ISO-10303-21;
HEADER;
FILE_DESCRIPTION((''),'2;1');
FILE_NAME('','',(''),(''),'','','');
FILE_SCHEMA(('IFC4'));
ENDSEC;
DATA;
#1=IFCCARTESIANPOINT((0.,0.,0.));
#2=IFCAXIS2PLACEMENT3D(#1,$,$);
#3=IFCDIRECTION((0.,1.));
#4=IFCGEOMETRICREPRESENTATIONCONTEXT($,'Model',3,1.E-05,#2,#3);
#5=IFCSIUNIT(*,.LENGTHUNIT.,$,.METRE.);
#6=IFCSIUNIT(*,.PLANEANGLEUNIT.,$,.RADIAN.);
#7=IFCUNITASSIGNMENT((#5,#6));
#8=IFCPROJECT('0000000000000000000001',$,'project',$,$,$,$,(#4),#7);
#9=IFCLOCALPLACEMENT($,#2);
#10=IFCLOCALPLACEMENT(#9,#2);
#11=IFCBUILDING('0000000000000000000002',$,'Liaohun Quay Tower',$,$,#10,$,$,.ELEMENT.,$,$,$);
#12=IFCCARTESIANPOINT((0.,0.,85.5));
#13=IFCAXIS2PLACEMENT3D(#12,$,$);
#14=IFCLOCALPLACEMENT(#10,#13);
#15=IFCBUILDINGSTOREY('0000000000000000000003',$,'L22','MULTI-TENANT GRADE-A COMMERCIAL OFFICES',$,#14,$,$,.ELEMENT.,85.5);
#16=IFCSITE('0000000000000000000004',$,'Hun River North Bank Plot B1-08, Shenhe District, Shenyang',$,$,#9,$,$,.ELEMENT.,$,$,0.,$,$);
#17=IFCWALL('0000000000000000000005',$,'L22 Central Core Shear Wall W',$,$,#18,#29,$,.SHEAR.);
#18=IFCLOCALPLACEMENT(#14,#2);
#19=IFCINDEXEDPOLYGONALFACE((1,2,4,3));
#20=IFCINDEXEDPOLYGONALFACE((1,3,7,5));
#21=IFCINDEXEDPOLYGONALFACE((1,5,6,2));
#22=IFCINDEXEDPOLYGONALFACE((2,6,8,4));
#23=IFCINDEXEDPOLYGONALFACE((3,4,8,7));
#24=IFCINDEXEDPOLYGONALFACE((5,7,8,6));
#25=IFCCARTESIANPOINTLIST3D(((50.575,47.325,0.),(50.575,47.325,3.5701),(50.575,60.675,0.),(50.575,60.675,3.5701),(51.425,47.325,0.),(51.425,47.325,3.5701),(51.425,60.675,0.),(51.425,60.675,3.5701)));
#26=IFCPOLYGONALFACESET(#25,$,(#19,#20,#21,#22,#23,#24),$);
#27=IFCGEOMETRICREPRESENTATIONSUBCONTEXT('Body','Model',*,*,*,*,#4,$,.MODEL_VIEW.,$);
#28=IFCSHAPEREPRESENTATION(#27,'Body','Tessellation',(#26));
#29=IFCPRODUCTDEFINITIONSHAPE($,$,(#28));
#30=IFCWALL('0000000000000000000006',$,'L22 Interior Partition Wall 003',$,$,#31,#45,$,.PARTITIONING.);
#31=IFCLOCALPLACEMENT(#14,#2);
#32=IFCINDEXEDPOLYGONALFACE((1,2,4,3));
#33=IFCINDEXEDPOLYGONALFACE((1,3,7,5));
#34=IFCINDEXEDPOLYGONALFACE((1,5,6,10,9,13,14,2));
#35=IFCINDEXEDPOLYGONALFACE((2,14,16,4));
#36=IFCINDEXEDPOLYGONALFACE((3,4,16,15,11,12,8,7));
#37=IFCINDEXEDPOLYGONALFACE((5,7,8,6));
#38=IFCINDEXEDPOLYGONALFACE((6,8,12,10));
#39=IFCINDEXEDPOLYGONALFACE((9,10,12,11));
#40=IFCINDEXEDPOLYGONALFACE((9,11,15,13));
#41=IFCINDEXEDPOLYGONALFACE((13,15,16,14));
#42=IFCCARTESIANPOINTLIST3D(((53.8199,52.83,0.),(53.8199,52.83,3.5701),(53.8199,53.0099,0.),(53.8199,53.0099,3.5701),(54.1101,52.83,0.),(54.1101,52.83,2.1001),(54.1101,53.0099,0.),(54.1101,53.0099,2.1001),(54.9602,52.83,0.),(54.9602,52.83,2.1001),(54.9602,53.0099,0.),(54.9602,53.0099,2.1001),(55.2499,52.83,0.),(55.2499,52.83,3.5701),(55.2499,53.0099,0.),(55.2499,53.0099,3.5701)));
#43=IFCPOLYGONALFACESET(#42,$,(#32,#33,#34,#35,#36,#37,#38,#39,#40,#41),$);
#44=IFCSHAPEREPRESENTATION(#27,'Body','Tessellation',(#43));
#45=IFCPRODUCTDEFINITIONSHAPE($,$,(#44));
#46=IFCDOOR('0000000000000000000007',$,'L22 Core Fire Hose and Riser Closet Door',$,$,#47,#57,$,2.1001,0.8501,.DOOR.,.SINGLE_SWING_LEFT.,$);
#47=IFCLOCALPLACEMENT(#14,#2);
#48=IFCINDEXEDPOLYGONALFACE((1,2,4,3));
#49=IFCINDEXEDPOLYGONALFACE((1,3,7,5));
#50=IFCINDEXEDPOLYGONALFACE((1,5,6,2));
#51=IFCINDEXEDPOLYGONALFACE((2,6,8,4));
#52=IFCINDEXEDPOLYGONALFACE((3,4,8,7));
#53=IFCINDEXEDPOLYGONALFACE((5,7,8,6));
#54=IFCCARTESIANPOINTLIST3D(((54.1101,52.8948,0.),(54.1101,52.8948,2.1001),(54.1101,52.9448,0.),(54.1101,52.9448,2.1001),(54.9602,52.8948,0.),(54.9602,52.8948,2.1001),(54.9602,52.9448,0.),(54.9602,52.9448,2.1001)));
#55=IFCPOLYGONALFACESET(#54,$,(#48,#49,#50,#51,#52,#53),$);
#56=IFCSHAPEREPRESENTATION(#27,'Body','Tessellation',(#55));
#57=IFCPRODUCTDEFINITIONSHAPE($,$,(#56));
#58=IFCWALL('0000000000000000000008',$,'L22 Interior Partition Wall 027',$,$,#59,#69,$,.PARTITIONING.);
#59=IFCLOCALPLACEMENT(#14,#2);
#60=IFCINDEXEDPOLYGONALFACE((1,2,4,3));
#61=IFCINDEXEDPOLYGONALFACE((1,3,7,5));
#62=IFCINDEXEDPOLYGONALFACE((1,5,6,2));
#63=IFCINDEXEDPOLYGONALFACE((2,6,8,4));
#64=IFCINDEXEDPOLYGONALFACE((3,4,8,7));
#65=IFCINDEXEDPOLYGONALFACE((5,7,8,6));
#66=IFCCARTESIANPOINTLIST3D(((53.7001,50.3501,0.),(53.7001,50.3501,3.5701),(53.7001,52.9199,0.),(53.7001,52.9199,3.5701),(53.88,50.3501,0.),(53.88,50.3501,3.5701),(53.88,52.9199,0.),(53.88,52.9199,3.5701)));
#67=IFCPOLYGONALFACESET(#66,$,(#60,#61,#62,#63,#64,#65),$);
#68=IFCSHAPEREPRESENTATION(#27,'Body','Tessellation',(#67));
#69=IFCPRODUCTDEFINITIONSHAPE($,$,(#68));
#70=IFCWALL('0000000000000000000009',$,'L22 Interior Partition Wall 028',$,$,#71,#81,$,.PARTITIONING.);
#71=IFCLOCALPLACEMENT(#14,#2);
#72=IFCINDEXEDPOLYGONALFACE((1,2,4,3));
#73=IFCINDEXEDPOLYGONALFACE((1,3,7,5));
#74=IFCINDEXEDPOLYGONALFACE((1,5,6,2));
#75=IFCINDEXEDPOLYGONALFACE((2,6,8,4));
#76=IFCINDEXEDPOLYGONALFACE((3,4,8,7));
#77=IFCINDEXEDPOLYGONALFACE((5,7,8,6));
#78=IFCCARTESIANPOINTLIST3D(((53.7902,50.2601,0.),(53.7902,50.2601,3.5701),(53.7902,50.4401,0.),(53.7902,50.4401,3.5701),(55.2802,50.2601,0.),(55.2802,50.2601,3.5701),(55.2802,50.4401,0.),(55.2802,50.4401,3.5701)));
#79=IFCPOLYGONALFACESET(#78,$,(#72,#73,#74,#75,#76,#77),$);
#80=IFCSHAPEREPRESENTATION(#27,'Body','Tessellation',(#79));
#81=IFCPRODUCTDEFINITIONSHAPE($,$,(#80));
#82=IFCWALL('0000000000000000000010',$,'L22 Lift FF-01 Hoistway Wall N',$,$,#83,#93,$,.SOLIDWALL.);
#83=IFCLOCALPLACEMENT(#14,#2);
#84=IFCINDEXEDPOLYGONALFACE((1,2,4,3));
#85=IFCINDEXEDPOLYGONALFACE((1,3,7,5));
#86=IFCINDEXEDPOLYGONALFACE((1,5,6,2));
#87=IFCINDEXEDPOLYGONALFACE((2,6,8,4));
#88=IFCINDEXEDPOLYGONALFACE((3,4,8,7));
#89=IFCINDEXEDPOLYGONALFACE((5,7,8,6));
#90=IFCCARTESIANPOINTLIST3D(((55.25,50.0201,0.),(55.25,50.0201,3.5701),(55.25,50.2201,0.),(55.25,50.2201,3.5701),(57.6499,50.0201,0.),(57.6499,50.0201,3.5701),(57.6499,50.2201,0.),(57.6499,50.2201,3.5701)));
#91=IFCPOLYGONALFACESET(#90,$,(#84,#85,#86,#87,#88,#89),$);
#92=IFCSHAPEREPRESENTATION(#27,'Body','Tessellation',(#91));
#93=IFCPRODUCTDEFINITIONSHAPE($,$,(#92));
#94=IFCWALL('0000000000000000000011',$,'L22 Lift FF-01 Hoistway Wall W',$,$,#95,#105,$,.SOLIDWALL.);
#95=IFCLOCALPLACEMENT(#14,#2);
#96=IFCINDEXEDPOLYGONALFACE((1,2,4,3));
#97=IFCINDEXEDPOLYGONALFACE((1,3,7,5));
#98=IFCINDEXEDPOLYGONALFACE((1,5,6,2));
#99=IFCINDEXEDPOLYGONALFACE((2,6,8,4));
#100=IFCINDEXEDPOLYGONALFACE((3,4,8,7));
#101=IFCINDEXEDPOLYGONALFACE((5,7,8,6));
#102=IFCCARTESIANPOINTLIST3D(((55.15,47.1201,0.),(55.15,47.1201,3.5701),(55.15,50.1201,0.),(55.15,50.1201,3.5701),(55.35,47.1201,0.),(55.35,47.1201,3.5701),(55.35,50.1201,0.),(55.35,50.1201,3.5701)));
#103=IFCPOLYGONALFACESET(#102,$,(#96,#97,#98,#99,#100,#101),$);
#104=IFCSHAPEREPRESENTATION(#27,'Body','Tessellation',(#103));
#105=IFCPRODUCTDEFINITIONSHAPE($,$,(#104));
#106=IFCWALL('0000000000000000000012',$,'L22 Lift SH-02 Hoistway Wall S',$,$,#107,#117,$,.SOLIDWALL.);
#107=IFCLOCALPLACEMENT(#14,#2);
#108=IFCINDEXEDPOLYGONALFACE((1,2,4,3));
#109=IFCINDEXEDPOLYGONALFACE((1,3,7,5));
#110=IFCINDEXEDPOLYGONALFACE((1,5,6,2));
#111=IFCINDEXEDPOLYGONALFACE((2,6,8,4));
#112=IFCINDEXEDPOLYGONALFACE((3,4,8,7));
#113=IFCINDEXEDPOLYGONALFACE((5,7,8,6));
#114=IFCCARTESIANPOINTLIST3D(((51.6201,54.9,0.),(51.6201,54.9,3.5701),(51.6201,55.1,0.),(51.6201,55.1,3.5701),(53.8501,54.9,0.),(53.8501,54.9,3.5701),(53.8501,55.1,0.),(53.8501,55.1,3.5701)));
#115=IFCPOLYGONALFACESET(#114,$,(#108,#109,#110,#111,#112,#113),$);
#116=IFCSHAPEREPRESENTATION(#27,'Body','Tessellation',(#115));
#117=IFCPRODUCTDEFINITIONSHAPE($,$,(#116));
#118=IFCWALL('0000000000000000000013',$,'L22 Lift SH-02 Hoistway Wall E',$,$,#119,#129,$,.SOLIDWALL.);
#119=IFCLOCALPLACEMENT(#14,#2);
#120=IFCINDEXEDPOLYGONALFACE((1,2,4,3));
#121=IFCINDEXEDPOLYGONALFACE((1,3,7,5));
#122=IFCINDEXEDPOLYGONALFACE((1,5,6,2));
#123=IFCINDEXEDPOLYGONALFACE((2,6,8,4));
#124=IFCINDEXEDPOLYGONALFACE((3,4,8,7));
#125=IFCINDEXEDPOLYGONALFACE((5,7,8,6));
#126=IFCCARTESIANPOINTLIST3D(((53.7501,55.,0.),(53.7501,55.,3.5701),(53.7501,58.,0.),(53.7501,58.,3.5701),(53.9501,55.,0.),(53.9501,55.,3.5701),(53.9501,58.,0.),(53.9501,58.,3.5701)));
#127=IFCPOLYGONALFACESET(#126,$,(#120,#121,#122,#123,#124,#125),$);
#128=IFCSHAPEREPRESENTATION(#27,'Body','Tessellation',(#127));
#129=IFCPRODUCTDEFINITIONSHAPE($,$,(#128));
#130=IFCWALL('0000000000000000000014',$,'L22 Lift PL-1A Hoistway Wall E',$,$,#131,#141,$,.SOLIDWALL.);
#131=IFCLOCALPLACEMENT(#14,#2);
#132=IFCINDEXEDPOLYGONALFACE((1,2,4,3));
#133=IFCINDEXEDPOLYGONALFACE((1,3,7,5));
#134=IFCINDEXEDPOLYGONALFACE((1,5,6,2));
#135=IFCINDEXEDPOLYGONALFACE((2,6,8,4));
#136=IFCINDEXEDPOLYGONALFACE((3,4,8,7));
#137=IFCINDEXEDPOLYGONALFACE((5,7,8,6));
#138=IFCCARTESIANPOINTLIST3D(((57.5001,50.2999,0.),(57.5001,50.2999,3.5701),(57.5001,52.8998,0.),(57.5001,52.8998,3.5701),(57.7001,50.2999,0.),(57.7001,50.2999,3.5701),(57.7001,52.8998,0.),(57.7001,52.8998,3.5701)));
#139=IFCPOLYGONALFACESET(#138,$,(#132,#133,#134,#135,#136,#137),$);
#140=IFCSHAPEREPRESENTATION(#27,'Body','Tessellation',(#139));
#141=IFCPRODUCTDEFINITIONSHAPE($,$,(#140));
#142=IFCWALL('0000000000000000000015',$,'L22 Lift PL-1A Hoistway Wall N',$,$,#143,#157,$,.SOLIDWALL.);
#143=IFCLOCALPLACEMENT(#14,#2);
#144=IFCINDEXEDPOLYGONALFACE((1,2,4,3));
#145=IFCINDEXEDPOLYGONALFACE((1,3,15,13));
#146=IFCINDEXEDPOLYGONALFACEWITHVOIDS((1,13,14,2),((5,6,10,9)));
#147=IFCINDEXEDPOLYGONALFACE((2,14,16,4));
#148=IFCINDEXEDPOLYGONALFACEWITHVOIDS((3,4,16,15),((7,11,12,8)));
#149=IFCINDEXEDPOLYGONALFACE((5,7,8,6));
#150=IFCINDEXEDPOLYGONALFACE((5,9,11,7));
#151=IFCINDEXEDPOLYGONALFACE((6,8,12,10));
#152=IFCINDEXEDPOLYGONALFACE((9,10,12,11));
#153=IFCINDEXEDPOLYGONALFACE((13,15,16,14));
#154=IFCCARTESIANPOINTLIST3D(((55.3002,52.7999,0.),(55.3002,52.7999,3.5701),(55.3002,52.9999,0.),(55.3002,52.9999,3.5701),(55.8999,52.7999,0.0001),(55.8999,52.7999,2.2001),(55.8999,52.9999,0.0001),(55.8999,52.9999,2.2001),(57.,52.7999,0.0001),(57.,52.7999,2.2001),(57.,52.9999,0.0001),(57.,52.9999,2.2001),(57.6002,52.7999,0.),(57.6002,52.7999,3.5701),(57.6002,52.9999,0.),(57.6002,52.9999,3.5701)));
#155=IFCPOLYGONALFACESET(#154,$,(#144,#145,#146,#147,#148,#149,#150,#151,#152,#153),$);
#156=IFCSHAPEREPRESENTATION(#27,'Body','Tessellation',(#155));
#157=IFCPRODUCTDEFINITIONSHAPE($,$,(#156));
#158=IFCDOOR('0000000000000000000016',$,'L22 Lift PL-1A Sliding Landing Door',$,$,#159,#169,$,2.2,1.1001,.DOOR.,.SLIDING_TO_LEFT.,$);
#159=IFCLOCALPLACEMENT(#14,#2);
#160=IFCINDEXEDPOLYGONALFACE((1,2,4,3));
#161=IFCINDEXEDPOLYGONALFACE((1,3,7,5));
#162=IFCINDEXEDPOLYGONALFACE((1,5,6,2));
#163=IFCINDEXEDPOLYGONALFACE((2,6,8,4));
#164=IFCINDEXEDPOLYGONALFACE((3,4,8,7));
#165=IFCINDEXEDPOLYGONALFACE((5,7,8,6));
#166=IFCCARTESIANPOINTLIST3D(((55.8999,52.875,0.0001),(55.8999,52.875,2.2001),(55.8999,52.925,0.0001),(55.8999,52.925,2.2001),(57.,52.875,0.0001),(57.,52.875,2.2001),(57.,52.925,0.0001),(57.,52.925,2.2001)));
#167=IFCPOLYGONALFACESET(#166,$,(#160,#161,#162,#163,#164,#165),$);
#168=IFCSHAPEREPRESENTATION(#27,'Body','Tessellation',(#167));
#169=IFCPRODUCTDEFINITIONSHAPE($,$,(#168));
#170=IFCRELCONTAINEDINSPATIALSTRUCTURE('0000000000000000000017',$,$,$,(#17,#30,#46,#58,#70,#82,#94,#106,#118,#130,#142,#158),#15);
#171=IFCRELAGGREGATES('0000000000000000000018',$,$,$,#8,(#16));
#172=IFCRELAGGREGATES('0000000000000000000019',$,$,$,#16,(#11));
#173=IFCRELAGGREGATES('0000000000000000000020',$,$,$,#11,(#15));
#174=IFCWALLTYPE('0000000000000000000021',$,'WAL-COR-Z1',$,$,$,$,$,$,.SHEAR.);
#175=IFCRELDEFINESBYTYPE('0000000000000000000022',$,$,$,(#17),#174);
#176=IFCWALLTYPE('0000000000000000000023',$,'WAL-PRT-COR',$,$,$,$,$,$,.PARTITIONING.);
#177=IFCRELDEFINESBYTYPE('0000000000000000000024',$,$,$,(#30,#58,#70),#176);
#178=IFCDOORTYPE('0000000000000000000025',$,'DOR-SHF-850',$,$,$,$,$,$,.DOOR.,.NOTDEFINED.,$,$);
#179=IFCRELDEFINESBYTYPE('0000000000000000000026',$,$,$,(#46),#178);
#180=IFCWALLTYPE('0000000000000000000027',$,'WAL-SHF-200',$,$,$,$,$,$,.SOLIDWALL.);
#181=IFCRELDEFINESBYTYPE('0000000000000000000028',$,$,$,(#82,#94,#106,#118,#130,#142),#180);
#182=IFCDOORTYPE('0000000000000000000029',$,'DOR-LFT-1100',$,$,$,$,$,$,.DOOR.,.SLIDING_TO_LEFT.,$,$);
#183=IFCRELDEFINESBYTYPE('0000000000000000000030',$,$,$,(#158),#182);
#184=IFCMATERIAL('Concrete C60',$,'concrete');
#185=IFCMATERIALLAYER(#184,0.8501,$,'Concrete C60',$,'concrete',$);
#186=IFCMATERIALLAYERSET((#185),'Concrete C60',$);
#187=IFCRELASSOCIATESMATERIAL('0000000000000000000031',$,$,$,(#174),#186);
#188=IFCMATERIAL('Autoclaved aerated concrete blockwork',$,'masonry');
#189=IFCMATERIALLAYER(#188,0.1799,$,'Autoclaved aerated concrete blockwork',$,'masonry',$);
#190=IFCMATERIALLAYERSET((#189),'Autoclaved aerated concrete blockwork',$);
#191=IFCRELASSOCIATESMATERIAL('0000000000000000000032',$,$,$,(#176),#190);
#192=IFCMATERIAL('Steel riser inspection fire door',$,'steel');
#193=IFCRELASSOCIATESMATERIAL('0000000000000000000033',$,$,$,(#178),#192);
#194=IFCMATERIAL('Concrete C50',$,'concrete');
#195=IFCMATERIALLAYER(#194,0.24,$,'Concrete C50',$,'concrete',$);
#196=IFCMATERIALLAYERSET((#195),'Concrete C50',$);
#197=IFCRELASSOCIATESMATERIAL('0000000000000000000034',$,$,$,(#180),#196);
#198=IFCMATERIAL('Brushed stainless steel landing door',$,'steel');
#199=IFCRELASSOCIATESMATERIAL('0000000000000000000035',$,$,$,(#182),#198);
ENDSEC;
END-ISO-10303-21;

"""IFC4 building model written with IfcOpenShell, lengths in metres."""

from ifc_helpers import new_model, si_unit, direction, frame, frame_2d, origin, place, context, subcontext, project, spatial, rectangle, extrude, source, transform, mapped, material, layer, layer_set, type_object, element, fill, save


model = new_model("IFC4")

# Units and contexts
model_context = context("Model", 3, precision=1e-05, world=origin(), true_north=direction((0.0, 1.0)))
body_context = subcontext(model_context, "Body", "Model", "MODEL_VIEW")
ifc_project = project(units=[si_unit("LENGTHUNIT", "METRE"), si_unit("PLANEANGLEUNIT", "RADIAN")], contexts=[model_context])

# Site, building, storey
site_placement = place(None, origin())
site = spatial("IfcSite", under=ifc_project, at=site_placement, Name="Hun River North Bank Plot B1-08, Shenhe District, Shenyang", CompositionType="ELEMENT", RefElevation=0.0)
building_placement = place(site_placement, origin())
building = spatial("IfcBuilding", under=site, at=building_placement, Name="Liaohun Quay Tower", CompositionType="ELEMENT")
storey_placement = place(building_placement, frame((0.0, 0.0, 85.5)))
storey = spatial("IfcBuildingStorey", under=building, at=storey_placement, Name="L22", Description="MULTI-TENANT GRADE-A COMMERCIAL OFFICES", CompositionType="ELEMENT", Elevation=85.5)

# Wall
ifc_material_1 = material(Name="Concrete C60", Category="concrete")
ifc_layer_1 = layer(ifc_material_1, 0.8501, Name="Concrete C60", Category="concrete")
ifc_layer_set_1 = layer_set([ifc_layer_1], Name="Concrete C60")
wall_type_1 = type_object("IfcWallType", Name="WAL-COR-Z1", PredefinedType="SHEAR", material=ifc_layer_set_1)
wall_1_placement = place(storey_placement, frame((51.0, 47.325, 0.0), z_axis=(0.0, 0.0, 1.0), x_axis=(0.0, 1.0, 0.0)))
element("IfcWall", 1, at=wall_1_placement, inside=storey, type_object=wall_type_1, Name="L22 Central Core Shear Wall W", PredefinedType="SHEAR", context=body_context, shape_type="SweptSolid", body=[
    extrude(rectangle(XDim=13.3501, YDim=0.8501, at=frame_2d((6.675, 0.0))), origin(), (0.0, 0.0, 1.0), 3.5701),
])

# Wall, opening, door
ifc_material_2 = material(Name="Autoclaved aerated concrete blockwork", Category="masonry")
ifc_layer_2 = layer(ifc_material_2, 0.1799, Name="Autoclaved aerated concrete blockwork", Category="masonry")
ifc_layer_set_2 = layer_set([ifc_layer_2], Name="Autoclaved aerated concrete blockwork")
wall_type_2 = type_object("IfcWallType", Name="WAL-PRT-COR", PredefinedType="PARTITIONING", material=ifc_layer_set_2)
wall_2_placement = place(storey_placement, frame((53.8201, 52.9199, 0.0), z_axis=(0.0, 0.0, 1.0), x_axis=(1.0, 0.0, 0.0)))
wall_2 = element("IfcWall", 2, at=wall_2_placement, inside=storey, type_object=wall_type_2, Name="L22 Interior Partition Wall 003", PredefinedType="PARTITIONING", context=body_context, shape_type="SweptSolid", body=[
    extrude(rectangle(XDim=1.4299, YDim=0.1799, at=frame_2d((0.7148, 0.0))), origin(), (0.0, 0.0, 1.0), 3.5701),
])
shared_shape_1 = source(origin(), body_context, "Body", "SweptSolid", [
    extrude(rectangle(XDim=0.8501, YDim=2.1001, at=frame_2d((0.425, 1.05))), frame((0.0, 0.0999, 0.0), z_axis=(0.0, -1.0, 0.0), x_axis=(1.0, 0.0, 0.0)), (0.0, 0.0, 1.0), 0.2),
])
opening_1_placement = place(wall_2_placement, frame((0.29, 0.0, 0.0)))
opening_1 = element("IfcOpeningElement", 3, at=opening_1_placement, cuts=wall_2, PredefinedType="OPENING", context=body_context, shape_type="MappedRepresentation", body=[
    mapped(shared_shape_1, transform((0.0, 0.0, 0.0), x_axis=(1.0, 0.0, 0.0), y_axis=(0.0, 1.0, 0.0), z_axis=(0.0, 0.0, 1.0), scale=1.0)),
])
ifc_material_3 = material(Name="Steel riser inspection fire door", Category="steel")
door_type_1 = type_object("IfcDoorType", Name="DOR-SHF-850", OperationType="NOTDEFINED", PredefinedType="DOOR", material=ifc_material_3)
shared_shape_2 = source(origin(), body_context, "Body", "SweptSolid", [
    extrude(rectangle(XDim=0.8501, YDim=2.1001, at=frame_2d((0.425, 1.05))), frame((0.0, 0.0249, 0.0), z_axis=(0.0, -1.0, 0.0), x_axis=(1.0, 0.0, 0.0)), (0.0, 0.0, 1.0), 0.05),
])
door_1_placement = place(opening_1_placement, origin())
door_1 = element("IfcDoor", 4, at=door_1_placement, inside=storey, type_object=door_type_1, Name="L22 Core Fire Hose and Riser Closet Door", OperationType="SINGLE_SWING_LEFT", OverallHeight=2.1001, OverallWidth=0.8501, PredefinedType="DOOR", context=body_context, shape_type="MappedRepresentation", body=[
    mapped(shared_shape_2, transform((0.0, 0.0, 0.0), x_axis=(1.0, 0.0, 0.0), y_axis=(0.0, 1.0, 0.0), z_axis=(0.0, 0.0, 1.0), scale=1.0)),
])
fill(opening_1, door_1)

# Walls
wall_3_placement = place(storey_placement, frame((53.79, 50.3501, 0.0), z_axis=(0.0, 0.0, 1.0), x_axis=(0.0, 1.0, 0.0)))
element("IfcWall", 5, at=wall_3_placement, inside=storey, type_object=wall_type_2, Name="L22 Interior Partition Wall 027", PredefinedType="PARTITIONING", context=body_context, shape_type="SweptSolid", body=[
    extrude(rectangle(XDim=2.5698, YDim=0.1799, at=frame_2d((1.2849, 0.0))), origin(), (0.0, 0.0, 1.0), 3.5701),
])
wall_4_placement = place(storey_placement, frame((53.79, 50.3501, 0.0), z_axis=(0.0, 0.0, 1.0), x_axis=(1.0, 0.0, 0.0)))
element("IfcWall", 6, at=wall_4_placement, inside=storey, type_object=wall_type_2, Name="L22 Interior Partition Wall 028", PredefinedType="PARTITIONING", context=body_context, shape_type="SweptSolid", body=[
    extrude(rectangle(XDim=1.49, YDim=0.1799, at=frame_2d((0.7451, 0.0))), origin(), (0.0, 0.0, 1.0), 3.5701),
])
ifc_material_4 = material(Name="Concrete C50", Category="concrete")
ifc_layer_3 = layer(ifc_material_4, 0.24, Name="Concrete C50", Category="concrete")
ifc_layer_set_3 = layer_set([ifc_layer_3], Name="Concrete C50")
wall_type_3 = type_object("IfcWallType", Name="WAL-SHF-200", PredefinedType="SOLIDWALL", material=ifc_layer_set_3)
wall_5_placement = place(storey_placement, frame((57.6499, 50.1201, 0.0), z_axis=(0.0, 0.0, 1.0), x_axis=(-1.0, 0.0, 0.0)))
element("IfcWall", 7, at=wall_5_placement, inside=storey, type_object=wall_type_3, Name="L22 Lift FF-01 Hoistway Wall N", PredefinedType="SOLIDWALL", context=body_context, shape_type="SweptSolid", body=[
    extrude(rectangle(XDim=2.3999, YDim=0.2, at=frame_2d((1.2, 0.0))), origin(), (0.0, 0.0, 1.0), 3.5701),
])
wall_6_placement = place(storey_placement, frame((55.25, 50.1201, 0.0), z_axis=(0.0, 0.0, 1.0), x_axis=(0.0, -1.0, 0.0)))
element("IfcWall", 8, at=wall_6_placement, inside=storey, type_object=wall_type_3, Name="L22 Lift FF-01 Hoistway Wall W", PredefinedType="SOLIDWALL", context=body_context, shape_type="SweptSolid", body=[
    extrude(rectangle(XDim=3.0, YDim=0.2, at=frame_2d((1.5, 0.0))), origin(), (0.0, 0.0, 1.0), 3.5701),
])
wall_7_placement = place(storey_placement, frame((51.6201, 55.0, 0.0), z_axis=(0.0, 0.0, 1.0), x_axis=(1.0, 0.0, 0.0)))
element("IfcWall", 9, at=wall_7_placement, inside=storey, type_object=wall_type_3, Name="L22 Lift SH-02 Hoistway Wall S", PredefinedType="SOLIDWALL", context=body_context, shape_type="SweptSolid", body=[
    extrude(rectangle(XDim=2.23, YDim=0.2, at=frame_2d((1.115, 0.0))), origin(), (0.0, 0.0, 1.0), 3.5701),
])
wall_8_placement = place(storey_placement, frame((53.8501, 55.0, 0.0), z_axis=(0.0, 0.0, 1.0), x_axis=(0.0, 1.0, 0.0)))
element("IfcWall", 10, at=wall_8_placement, inside=storey, type_object=wall_type_3, Name="L22 Lift SH-02 Hoistway Wall E", PredefinedType="SOLIDWALL", context=body_context, shape_type="SweptSolid", body=[
    extrude(rectangle(XDim=3.0, YDim=0.2, at=frame_2d((1.5, 0.0))), origin(), (0.0, 0.0, 1.0), 3.5701),
])
wall_9_placement = place(storey_placement, frame((57.6001, 50.3, 0.0), z_axis=(0.0, 0.0, 1.0), x_axis=(0.0, 1.0, 0.0)))
element("IfcWall", 11, at=wall_9_placement, inside=storey, type_object=wall_type_3, Name="L22 Lift PL-1A Hoistway Wall E", PredefinedType="SOLIDWALL", context=body_context, shape_type="SweptSolid", body=[
    extrude(rectangle(XDim=2.5999, YDim=0.2, at=frame_2d((1.2998, 0.0))), origin(), (0.0, 0.0, 1.0), 3.5701),
])

# Wall, opening, door
wall_10_placement = place(storey_placement, frame((57.6001, 52.8999, 0.0), z_axis=(0.0, 0.0, 1.0), x_axis=(-1.0, 0.0, 0.0)))
wall_10 = element("IfcWall", 12, at=wall_10_placement, inside=storey, type_object=wall_type_3, Name="L22 Lift PL-1A Hoistway Wall N", PredefinedType="SOLIDWALL", context=body_context, shape_type="SweptSolid", body=[
    extrude(rectangle(XDim=2.3, YDim=0.2, at=frame_2d((1.1499, 0.0))), origin(), (0.0, 0.0, 1.0), 3.5701),
])
shared_shape_3 = source(origin(), body_context, "Body", "SweptSolid", [
    extrude(rectangle(XDim=1.1001, YDim=2.2, at=frame_2d((0.55, 1.1001))), frame((0.0, 0.1099, 0.0), z_axis=(0.0, -1.0, 0.0), x_axis=(1.0, 0.0, 0.0)), (0.0, 0.0, 1.0), 0.22),
])
opening_2_placement = place(wall_10_placement, frame((0.6001, 0.0, 0.0)))
opening_2 = element("IfcOpeningElement", 13, at=opening_2_placement, cuts=wall_10, PredefinedType="OPENING", context=body_context, shape_type="MappedRepresentation", body=[
    mapped(shared_shape_3, transform((0.0, 0.0, 0.0), x_axis=(1.0, 0.0, 0.0), y_axis=(0.0, 1.0, 0.0), z_axis=(0.0, 0.0, 1.0), scale=1.0)),
])
ifc_material_5 = material(Name="Brushed stainless steel landing door", Category="steel")
door_type_2 = type_object("IfcDoorType", Name="DOR-LFT-1100", OperationType="SLIDING_TO_LEFT", PredefinedType="DOOR", material=ifc_material_5)
shared_shape_4 = source(origin(), body_context, "Body", "SweptSolid", [
    extrude(rectangle(XDim=1.1001, YDim=2.2, at=frame_2d((0.55, 1.1001))), frame((0.0, 0.0249, 0.0), z_axis=(0.0, -1.0, 0.0), x_axis=(1.0, 0.0, 0.0)), (0.0, 0.0, 1.0), 0.05),
])
door_2_placement = place(opening_2_placement, origin())
door_2 = element("IfcDoor", 14, at=door_2_placement, inside=storey, type_object=door_type_2, Name="L22 Lift PL-1A Sliding Landing Door", OperationType="SLIDING_TO_LEFT", OverallHeight=2.2, OverallWidth=1.1001, PredefinedType="DOOR", context=body_context, shape_type="MappedRepresentation", body=[
    mapped(shared_shape_4, transform((0.0, 0.0, 0.0), x_axis=(1.0, 0.0, 0.0), y_axis=(0.0, 1.0, 0.0), z_axis=(0.0, 0.0, 1.0), scale=1.0)),
])
fill(opening_2, door_2)

save(model, "model.ifc")
